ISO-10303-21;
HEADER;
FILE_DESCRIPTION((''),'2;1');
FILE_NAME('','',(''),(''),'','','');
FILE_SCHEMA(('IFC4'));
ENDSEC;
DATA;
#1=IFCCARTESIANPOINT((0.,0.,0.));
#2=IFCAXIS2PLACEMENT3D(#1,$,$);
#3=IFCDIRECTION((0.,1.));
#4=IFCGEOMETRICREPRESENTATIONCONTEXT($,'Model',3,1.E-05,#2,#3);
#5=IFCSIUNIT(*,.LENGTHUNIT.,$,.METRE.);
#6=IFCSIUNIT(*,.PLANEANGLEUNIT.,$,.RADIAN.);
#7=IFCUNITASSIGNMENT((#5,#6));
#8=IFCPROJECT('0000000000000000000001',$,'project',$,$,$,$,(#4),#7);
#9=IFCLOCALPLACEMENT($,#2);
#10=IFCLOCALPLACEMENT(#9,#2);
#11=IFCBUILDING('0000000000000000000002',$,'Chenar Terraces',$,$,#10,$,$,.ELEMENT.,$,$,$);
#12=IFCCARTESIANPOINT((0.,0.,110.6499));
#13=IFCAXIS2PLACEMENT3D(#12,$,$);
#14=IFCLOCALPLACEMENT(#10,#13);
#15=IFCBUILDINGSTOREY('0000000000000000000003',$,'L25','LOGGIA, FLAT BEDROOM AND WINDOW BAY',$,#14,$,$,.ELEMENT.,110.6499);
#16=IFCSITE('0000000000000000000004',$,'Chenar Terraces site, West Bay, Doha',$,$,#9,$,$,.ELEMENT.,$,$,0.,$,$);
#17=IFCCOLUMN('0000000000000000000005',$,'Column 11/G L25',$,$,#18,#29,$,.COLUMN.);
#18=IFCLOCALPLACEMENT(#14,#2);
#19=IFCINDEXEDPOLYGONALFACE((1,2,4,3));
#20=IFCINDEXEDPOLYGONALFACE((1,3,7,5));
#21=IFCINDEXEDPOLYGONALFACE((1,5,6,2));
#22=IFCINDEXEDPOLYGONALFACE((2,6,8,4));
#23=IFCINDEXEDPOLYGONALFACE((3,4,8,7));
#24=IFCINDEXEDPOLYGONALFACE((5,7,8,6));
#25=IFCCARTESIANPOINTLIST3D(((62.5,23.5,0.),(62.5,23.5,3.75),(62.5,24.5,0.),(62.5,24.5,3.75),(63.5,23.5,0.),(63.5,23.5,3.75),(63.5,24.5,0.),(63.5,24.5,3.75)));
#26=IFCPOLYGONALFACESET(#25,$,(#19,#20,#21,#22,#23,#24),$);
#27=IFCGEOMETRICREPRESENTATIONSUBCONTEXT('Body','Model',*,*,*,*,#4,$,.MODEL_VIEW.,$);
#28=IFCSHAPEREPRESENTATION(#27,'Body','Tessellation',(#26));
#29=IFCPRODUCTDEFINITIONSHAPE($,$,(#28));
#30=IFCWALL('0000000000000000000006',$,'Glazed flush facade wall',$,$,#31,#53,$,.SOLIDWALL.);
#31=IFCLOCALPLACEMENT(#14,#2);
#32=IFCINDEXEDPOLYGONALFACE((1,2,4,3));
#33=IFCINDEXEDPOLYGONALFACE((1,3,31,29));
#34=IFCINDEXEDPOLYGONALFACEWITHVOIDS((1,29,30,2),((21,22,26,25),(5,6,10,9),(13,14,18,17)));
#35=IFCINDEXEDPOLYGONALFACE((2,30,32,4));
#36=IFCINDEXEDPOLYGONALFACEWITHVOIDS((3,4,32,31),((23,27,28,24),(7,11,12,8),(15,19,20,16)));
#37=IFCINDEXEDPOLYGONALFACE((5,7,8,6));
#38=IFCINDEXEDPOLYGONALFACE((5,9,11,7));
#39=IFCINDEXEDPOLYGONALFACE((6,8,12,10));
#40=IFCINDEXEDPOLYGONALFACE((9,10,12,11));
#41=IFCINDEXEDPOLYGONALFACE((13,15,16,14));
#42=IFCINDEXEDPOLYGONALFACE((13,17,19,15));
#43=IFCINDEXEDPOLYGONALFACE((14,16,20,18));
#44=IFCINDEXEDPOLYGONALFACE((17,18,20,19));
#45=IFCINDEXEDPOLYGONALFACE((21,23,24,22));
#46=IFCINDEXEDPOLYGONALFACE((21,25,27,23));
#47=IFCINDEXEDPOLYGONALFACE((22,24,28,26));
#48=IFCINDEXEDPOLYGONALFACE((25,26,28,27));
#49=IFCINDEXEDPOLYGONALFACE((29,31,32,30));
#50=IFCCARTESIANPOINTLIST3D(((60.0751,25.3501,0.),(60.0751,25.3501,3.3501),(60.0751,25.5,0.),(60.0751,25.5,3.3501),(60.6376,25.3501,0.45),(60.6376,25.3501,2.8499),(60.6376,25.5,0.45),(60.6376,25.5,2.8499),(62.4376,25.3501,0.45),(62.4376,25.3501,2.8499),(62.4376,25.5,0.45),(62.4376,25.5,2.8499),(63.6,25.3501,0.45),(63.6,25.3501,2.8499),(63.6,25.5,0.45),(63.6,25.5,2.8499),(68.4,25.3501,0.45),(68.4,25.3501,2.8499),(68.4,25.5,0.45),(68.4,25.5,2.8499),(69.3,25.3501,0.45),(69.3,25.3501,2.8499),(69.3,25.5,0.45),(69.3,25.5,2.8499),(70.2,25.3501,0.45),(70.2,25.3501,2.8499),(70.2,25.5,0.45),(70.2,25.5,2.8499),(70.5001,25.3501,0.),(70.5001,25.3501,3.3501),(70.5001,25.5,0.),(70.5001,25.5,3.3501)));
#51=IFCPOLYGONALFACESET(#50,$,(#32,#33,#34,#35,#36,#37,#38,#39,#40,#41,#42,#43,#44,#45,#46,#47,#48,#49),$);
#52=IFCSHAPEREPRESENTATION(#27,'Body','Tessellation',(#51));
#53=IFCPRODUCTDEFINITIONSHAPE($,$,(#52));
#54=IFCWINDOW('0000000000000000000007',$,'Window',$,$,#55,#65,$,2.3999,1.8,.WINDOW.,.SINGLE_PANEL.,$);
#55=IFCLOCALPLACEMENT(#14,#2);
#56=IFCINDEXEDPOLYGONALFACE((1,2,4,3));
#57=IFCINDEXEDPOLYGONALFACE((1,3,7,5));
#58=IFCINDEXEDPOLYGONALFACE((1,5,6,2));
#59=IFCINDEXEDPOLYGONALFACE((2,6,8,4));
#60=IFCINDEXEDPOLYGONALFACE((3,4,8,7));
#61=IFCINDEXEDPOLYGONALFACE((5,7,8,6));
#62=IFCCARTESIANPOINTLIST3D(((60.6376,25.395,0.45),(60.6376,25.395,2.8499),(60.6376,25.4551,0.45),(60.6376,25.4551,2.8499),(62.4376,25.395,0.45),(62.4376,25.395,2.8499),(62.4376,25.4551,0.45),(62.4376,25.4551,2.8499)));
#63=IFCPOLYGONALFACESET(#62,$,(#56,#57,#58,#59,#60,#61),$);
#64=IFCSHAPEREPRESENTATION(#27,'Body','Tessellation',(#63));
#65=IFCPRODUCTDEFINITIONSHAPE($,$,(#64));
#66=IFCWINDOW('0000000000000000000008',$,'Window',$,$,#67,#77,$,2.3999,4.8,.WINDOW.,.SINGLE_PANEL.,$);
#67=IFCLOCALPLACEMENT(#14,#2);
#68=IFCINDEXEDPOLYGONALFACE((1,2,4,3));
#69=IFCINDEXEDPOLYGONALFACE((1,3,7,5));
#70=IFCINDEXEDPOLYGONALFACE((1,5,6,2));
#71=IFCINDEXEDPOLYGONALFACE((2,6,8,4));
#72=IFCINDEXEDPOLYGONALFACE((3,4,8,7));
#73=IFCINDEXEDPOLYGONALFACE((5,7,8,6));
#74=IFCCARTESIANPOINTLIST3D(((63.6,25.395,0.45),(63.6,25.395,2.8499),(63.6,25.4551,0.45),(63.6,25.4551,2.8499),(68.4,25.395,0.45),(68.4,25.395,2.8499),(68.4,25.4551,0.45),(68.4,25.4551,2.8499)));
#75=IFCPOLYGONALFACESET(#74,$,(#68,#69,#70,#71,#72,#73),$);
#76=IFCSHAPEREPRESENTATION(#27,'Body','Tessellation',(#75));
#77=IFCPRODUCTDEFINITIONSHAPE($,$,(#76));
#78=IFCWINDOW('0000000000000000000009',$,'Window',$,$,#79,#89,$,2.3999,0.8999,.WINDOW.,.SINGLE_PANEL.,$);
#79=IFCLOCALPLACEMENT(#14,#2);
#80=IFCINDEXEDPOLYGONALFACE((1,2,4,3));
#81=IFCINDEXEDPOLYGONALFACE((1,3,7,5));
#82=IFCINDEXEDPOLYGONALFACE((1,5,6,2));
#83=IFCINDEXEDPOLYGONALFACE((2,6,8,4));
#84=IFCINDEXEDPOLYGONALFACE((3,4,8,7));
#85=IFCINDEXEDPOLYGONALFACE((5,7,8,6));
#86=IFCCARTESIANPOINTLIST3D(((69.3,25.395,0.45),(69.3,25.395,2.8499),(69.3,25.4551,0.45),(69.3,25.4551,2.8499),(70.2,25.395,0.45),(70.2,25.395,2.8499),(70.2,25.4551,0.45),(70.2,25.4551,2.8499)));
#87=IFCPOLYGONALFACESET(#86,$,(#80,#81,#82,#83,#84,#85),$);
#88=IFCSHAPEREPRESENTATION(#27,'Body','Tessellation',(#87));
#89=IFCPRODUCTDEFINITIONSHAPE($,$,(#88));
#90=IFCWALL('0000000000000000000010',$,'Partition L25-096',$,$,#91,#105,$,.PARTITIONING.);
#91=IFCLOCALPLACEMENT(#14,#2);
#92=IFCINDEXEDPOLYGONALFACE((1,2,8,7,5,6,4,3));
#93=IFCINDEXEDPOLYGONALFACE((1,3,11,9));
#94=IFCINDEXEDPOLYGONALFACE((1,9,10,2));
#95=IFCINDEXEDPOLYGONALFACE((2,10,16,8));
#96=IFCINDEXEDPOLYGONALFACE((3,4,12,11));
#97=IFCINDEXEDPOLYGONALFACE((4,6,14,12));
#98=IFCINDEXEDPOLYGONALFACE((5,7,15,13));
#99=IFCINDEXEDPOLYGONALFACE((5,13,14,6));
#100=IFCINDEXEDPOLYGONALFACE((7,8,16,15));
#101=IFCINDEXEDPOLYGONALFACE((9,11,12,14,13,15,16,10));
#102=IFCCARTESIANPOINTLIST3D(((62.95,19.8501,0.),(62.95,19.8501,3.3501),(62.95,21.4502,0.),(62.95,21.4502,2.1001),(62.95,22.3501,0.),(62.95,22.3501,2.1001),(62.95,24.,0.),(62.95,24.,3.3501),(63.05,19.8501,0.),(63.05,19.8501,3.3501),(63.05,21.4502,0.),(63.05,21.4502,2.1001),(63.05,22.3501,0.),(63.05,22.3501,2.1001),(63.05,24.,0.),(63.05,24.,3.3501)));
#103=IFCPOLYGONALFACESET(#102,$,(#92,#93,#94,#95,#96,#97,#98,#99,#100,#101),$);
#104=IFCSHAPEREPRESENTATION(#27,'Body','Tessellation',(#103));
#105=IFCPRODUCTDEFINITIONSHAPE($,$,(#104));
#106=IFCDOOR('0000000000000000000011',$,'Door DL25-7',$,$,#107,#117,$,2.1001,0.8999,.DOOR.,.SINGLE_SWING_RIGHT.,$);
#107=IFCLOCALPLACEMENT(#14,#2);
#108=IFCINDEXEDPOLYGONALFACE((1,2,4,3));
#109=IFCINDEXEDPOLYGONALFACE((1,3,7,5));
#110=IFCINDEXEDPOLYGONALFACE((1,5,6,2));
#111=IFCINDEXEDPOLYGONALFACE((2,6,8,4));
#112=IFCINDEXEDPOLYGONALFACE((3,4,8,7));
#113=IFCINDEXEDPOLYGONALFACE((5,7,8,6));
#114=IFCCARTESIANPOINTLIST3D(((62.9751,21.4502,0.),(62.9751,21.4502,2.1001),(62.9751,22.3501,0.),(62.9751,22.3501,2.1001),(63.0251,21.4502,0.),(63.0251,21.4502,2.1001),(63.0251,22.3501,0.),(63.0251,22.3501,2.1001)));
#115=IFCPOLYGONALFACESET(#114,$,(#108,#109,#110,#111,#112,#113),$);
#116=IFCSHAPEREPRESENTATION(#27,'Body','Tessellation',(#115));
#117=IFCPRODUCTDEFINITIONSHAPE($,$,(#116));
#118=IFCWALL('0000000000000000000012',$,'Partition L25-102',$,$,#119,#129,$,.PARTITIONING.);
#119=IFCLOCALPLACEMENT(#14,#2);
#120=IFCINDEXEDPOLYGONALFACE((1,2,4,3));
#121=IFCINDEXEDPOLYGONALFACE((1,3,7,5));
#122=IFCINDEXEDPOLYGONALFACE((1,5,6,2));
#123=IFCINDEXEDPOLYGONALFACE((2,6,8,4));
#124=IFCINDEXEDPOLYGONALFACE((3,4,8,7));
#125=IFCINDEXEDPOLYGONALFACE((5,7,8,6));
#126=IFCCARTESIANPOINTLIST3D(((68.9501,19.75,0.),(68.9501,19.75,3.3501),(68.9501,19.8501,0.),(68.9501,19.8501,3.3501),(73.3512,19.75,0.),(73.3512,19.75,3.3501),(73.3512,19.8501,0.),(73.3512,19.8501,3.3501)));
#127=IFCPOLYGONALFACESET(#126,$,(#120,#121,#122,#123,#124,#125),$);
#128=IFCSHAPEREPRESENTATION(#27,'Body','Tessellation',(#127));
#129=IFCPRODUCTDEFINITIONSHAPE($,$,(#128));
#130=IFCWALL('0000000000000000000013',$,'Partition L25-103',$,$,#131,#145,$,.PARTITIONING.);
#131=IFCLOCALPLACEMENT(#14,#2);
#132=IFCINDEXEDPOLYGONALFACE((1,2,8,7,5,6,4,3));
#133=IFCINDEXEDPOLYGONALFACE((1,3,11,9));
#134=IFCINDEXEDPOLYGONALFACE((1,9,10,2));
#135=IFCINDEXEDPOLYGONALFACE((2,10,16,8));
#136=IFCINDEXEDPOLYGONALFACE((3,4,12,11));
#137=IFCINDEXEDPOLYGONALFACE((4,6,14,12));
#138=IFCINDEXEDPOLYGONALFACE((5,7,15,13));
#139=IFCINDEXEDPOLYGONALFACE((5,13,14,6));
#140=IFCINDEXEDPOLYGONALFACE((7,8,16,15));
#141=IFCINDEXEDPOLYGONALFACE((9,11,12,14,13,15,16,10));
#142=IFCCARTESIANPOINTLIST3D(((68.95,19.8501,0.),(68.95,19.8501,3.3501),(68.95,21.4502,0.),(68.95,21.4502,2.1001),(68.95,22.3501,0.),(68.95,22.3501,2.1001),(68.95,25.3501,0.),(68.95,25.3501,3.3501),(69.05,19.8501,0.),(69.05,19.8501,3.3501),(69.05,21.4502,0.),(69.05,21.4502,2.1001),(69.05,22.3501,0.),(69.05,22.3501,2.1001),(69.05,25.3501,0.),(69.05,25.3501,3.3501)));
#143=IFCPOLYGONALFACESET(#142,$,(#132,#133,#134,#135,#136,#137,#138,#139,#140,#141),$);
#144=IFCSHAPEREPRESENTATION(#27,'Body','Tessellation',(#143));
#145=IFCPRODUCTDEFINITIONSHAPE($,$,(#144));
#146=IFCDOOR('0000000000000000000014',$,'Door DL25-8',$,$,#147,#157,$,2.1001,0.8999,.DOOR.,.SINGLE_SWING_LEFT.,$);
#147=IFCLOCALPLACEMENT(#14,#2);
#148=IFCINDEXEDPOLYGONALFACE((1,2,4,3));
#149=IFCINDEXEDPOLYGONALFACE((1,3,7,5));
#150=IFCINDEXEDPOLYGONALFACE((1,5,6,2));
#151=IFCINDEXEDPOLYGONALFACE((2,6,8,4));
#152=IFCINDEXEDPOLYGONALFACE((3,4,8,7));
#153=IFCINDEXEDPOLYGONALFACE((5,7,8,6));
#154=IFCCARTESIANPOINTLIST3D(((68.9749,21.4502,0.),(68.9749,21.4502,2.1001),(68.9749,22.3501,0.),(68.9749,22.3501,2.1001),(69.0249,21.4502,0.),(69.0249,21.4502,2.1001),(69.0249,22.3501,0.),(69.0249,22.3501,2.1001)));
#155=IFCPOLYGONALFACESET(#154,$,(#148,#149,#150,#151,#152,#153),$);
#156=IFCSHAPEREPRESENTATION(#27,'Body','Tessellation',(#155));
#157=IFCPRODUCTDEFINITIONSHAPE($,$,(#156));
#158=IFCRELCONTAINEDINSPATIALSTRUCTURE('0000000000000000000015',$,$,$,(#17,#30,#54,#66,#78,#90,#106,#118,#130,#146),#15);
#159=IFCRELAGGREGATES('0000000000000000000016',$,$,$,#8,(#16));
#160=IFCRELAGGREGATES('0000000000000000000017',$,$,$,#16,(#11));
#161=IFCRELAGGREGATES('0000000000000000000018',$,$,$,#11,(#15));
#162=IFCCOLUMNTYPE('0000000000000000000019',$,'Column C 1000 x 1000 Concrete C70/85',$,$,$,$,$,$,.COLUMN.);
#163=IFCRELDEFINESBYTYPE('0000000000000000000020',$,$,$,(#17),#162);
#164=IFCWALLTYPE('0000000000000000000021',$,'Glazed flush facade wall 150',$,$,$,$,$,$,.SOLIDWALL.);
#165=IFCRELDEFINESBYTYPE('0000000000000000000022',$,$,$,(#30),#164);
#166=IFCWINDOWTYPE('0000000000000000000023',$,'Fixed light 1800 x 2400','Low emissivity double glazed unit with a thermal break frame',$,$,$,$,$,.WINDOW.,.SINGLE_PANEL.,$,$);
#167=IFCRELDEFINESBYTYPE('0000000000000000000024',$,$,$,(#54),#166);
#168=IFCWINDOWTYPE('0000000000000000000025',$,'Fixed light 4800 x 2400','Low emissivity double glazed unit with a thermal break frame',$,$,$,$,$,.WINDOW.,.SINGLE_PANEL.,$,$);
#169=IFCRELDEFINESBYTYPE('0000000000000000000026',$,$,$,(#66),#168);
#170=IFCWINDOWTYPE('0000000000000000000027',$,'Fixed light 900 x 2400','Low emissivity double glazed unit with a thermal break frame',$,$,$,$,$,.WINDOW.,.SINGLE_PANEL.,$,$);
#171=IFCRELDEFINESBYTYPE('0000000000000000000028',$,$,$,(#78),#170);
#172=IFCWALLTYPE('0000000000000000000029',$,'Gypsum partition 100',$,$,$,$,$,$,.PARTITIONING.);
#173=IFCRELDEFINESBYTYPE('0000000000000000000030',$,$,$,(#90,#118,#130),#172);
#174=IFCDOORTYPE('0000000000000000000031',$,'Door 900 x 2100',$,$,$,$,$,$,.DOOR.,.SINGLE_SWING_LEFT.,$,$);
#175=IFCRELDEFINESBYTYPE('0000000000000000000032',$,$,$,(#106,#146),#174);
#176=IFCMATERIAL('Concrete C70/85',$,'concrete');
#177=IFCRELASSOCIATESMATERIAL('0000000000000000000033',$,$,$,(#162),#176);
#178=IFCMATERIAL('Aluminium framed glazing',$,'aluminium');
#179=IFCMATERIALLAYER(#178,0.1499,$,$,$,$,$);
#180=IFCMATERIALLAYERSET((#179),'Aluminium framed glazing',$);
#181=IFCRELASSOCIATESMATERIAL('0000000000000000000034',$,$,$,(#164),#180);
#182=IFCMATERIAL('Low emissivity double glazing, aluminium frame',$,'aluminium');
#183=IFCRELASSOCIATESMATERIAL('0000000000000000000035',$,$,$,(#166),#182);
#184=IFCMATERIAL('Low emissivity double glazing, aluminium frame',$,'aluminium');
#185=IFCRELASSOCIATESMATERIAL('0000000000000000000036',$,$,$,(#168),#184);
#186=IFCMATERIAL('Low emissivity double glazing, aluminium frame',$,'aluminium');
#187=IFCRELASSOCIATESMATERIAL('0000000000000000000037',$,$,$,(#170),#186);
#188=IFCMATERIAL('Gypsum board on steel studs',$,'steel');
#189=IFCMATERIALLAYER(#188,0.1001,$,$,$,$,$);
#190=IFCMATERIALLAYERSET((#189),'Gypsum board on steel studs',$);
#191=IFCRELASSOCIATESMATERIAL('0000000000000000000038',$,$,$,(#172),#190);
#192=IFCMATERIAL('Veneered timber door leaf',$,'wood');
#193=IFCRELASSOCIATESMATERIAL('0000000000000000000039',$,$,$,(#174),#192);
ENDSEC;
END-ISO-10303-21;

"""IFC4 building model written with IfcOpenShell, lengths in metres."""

from ifc_helpers import new_model, si_unit, direction, frame, frame_2d, origin, origin_2d, place, context, subcontext, project, spatial, rectangle, extrude, material, layer, layer_set, material_profile, profile_set, type_object, element, fill, save


model = new_model("IFC4")

# Units and contexts
model_context = context("Model", 3, precision=1e-05, world=origin(), true_north=direction((0.0, 1.0)))
body_context = subcontext(model_context, "Body", "Model", "MODEL_VIEW")
ifc_project = project(units=[si_unit("LENGTHUNIT", "METRE"), si_unit("PLANEANGLEUNIT", "RADIAN")], contexts=[model_context])

# Site, building, storey
site_placement = place(None, origin())
site = spatial("IfcSite", under=ifc_project, at=site_placement, Name="Chenar Terraces site, West Bay, Doha", CompositionType="ELEMENT", RefElevation=0.0)
building_placement = place(site_placement, origin())
building = spatial("IfcBuilding", under=site, at=building_placement, Name="Chenar Terraces", CompositionType="ELEMENT")
storey_placement = place(building_placement, frame((0.0, 0.0, 110.6499)))
storey = spatial("IfcBuildingStorey", under=building, at=storey_placement, Name="L25", Description="LOGGIA, FLAT BEDROOM AND WINDOW BAY", CompositionType="ELEMENT", Elevation=110.6499)

# Column
ifc_material_1 = material(Name="Concrete C70/85", Category="concrete")
ifc_material_profile = material_profile(ifc_material_1, rectangle(XDim=1.0, YDim=1.0, at=origin_2d()), Name="C 1000 x 1000")
ifc_profile_set = profile_set([ifc_material_profile], Name="Concrete C70/85")
column_type = type_object("IfcColumnType", Name="Column C 1000 x 1000 Concrete C70/85", PredefinedType="COLUMN", material=ifc_profile_set)
column_placement = place(storey_placement, frame((63.0, 24.0, 0.0), z_axis=(0.0, 0.0, 1.0), x_axis=(1.0, 0.0, 0.0)))
element("IfcColumn", 1, at=column_placement, inside=storey, type_object=column_type, Name="Column 11/G L25", PredefinedType="COLUMN", context=body_context, shape_type="SweptSolid", body=[
    extrude(rectangle(XDim=1.0, YDim=1.0, at=origin_2d()), origin(), (0.0, 0.0, 1.0), 3.75),
])

# Wall, openings, windows
ifc_material_2 = material(Name="Aluminium framed glazing", Category="aluminium")
ifc_layer_1 = layer(ifc_material_2, 0.1499)
ifc_layer_set_1 = layer_set([ifc_layer_1], Name="Aluminium framed glazing")
wall_type_1 = type_object("IfcWallType", Name="Glazed flush facade wall 150", PredefinedType="SOLIDWALL", material=ifc_layer_set_1)
wall_1_placement = place(storey_placement, frame((70.5, 25.425, 0.0), z_axis=(0.0, 0.0, 1.0), x_axis=(-1.0, 0.0, 0.0)))
wall_1 = element("IfcWall", 2, at=wall_1_placement, inside=storey, type_object=wall_type_1, Name="Glazed flush facade wall", PredefinedType="SOLIDWALL", context=body_context, shape_type="SweptSolid", body=[
    extrude(rectangle(XDim=10.425, YDim=0.1499, at=frame_2d((5.2124, 0.0))), origin(), (0.0, 0.0, 1.0), 3.3501),
])
opening_1_placement = place(wall_1_placement, frame((0.3, 0.0, 0.45)))
opening_1 = element("IfcOpeningElement", 3, at=opening_1_placement, cuts=wall_1, PredefinedType="OPENING", context=body_context, shape_type="SweptSolid", body=[
    extrude(rectangle(XDim=0.8999, YDim=2.3999, at=frame_2d((0.45, 1.2))), frame((0.0, 0.085, 0.0), z_axis=(0.0, -1.0, 0.0), x_axis=(1.0, 0.0, 0.0)), (0.0, 0.0, 1.0), 0.1699),
])
opening_2_placement = place(wall_1_placement, frame((2.1001, 0.0, 0.45)))
opening_2 = element("IfcOpeningElement", 4, at=opening_2_placement, cuts=wall_1, PredefinedType="OPENING", context=body_context, shape_type="SweptSolid", body=[
    extrude(rectangle(XDim=4.8, YDim=2.3999, at=frame_2d((2.3999, 1.2))), frame((0.0, 0.085, 0.0), z_axis=(0.0, -1.0, 0.0), x_axis=(1.0, 0.0, 0.0)), (0.0, 0.0, 1.0), 0.1699),
])
opening_3_placement = place(wall_1_placement, frame((8.0625, 0.0, 0.45)))
opening_3 = element("IfcOpeningElement", 5, at=opening_3_placement, cuts=wall_1, PredefinedType="OPENING", context=body_context, shape_type="SweptSolid", body=[
    extrude(rectangle(XDim=1.8, YDim=2.3999, at=frame_2d((0.8999, 1.2))), frame((0.0, 0.085, 0.0), z_axis=(0.0, -1.0, 0.0), x_axis=(1.0, 0.0, 0.0)), (0.0, 0.0, 1.0), 0.1699),
])
ifc_material_3 = material(Name="Low emissivity double glazing, aluminium frame", Category="aluminium")
window_type_1 = type_object("IfcWindowType", Name="Fixed light 1800 x 2400", Description="Low emissivity double glazed unit with a thermal break frame", PartitioningType="SINGLE_PANEL", PredefinedType="WINDOW", material=ifc_material_3)
window_1_placement = place(opening_3_placement, origin())
window_1 = element("IfcWindow", 6, at=window_1_placement, inside=storey, type_object=window_type_1, Name="Window", OverallHeight=2.3999, OverallWidth=1.8, PartitioningType="SINGLE_PANEL", PredefinedType="WINDOW", context=body_context, shape_type="SweptSolid", body=[
    extrude(rectangle(XDim=1.8, YDim=2.3999, at=frame_2d((0.8999, 1.2))), frame((0.0, 0.03, 0.0), z_axis=(0.0, -1.0, 0.0), x_axis=(1.0, 0.0, 0.0)), (0.0, 0.0, 1.0), 0.0601),
])
fill(opening_3, window_1)
ifc_material_4 = material(Name="Low emissivity double glazing, aluminium frame", Category="aluminium")
window_type_2 = type_object("IfcWindowType", Name="Fixed light 4800 x 2400", Description="Low emissivity double glazed unit with a thermal break frame", PartitioningType="SINGLE_PANEL", PredefinedType="WINDOW", material=ifc_material_4)
window_2_placement = place(opening_2_placement, origin())
window_2 = element("IfcWindow", 7, at=window_2_placement, inside=storey, type_object=window_type_2, Name="Window", OverallHeight=2.3999, OverallWidth=4.8, PartitioningType="SINGLE_PANEL", PredefinedType="WINDOW", context=body_context, shape_type="SweptSolid", body=[
    extrude(rectangle(XDim=4.8, YDim=2.3999, at=frame_2d((2.3999, 1.2))), frame((0.0, 0.03, 0.0), z_axis=(0.0, -1.0, 0.0), x_axis=(1.0, 0.0, 0.0)), (0.0, 0.0, 1.0), 0.0601),
])
fill(opening_2, window_2)
ifc_material_5 = material(Name="Low emissivity double glazing, aluminium frame", Category="aluminium")
window_type_3 = type_object("IfcWindowType", Name="Fixed light 900 x 2400", Description="Low emissivity double glazed unit with a thermal break frame", PartitioningType="SINGLE_PANEL", PredefinedType="WINDOW", material=ifc_material_5)
window_3_placement = place(opening_1_placement, origin())
window_3 = element("IfcWindow", 8, at=window_3_placement, inside=storey, type_object=window_type_3, Name="Window", OverallHeight=2.3999, OverallWidth=0.8999, PartitioningType="SINGLE_PANEL", PredefinedType="WINDOW", context=body_context, shape_type="SweptSolid", body=[
    extrude(rectangle(XDim=0.8999, YDim=2.3999, at=frame_2d((0.45, 1.2))), frame((0.0, 0.03, 0.0), z_axis=(0.0, -1.0, 0.0), x_axis=(1.0, 0.0, 0.0)), (0.0, 0.0, 1.0), 0.0601),
])
fill(opening_1, window_3)

# Wall, opening, door
ifc_material_6 = material(Name="Gypsum board on steel studs", Category="steel")
ifc_layer_2 = layer(ifc_material_6, 0.1001)
ifc_layer_set_2 = layer_set([ifc_layer_2], Name="Gypsum board on steel studs")
wall_type_2 = type_object("IfcWallType", Name="Gypsum partition 100", PredefinedType="PARTITIONING", material=ifc_layer_set_2)
wall_2_placement = place(storey_placement, frame((63.0, 19.8501, 0.0), z_axis=(0.0, 0.0, 1.0), x_axis=(0.0, 1.0, 0.0)))
wall_2 = element("IfcWall", 9, at=wall_2_placement, inside=storey, type_object=wall_type_2, Name="Partition L25-096", PredefinedType="PARTITIONING", context=body_context, shape_type="SweptSolid", body=[
    extrude(rectangle(XDim=4.1499, YDim=0.1001, at=frame_2d((2.075, 0.0))), origin(), (0.0, 0.0, 1.0), 3.3501),
])
opening_4_placement = place(wall_2_placement, frame((1.6001, 0.0, 0.0)))
opening_4 = element("IfcOpeningElement", 10, at=opening_4_placement, cuts=wall_2, PredefinedType="OPENING", context=body_context, shape_type="SweptSolid", body=[
    extrude(rectangle(XDim=0.8999, YDim=2.1001, at=frame_2d((0.45, 1.05))), frame((0.0, 0.0601, 0.0), z_axis=(0.0, -1.0, 0.0), x_axis=(1.0, 0.0, 0.0)), (0.0, 0.0, 1.0), 0.1201),
])
ifc_material_7 = material(Name="Veneered timber door leaf", Category="wood")
door_type_1 = type_object("IfcDoorType", Name="Door 900 x 2100", OperationType="SINGLE_SWING_LEFT", PredefinedType="DOOR", material=ifc_material_7)
door_1_placement = place(opening_4_placement, origin())
door_1 = element("IfcDoor", 11, at=door_1_placement, inside=storey, type_object=door_type_1, Name="Door DL25-7", OperationType="SINGLE_SWING_RIGHT", OverallHeight=2.1001, OverallWidth=0.8999, PredefinedType="DOOR", context=body_context, shape_type="SweptSolid", body=[
    extrude(rectangle(XDim=0.8999, YDim=2.1001, at=frame_2d((0.45, 1.05))), frame((0.0, 0.0249, 0.0), z_axis=(0.0, -1.0, 0.0), x_axis=(1.0, 0.0, 0.0)), (0.0, 0.0, 1.0), 0.05),
])
fill(opening_4, door_1)

# Wall
wall_3_placement = place(storey_placement, frame((68.95, 19.8, 0.0), z_axis=(0.0, 0.0, 1.0), x_axis=(1.0, 0.0, 0.0)))
element("IfcWall", 12, at=wall_3_placement, inside=storey, type_object=wall_type_2, Name="Partition L25-102", PredefinedType="PARTITIONING", context=body_context, shape_type="SweptSolid", body=[
    extrude(rectangle(XDim=4.4011, YDim=0.1001, at=frame_2d((2.2007, 0.0))), origin(), (0.0, 0.0, 1.0), 3.3501),
])

# Wall, opening, door
wall_4_placement = place(storey_placement, frame((69.0, 19.8501, 0.0), z_axis=(0.0, 0.0, 1.0), x_axis=(0.0, 1.0, 0.0)))
wall_4 = element("IfcWall", 13, at=wall_4_placement, inside=storey, type_object=wall_type_2, Name="Partition L25-103", PredefinedType="PARTITIONING", context=body_context, shape_type="SweptSolid", body=[
    extrude(rectangle(XDim=5.5, YDim=0.1001, at=frame_2d((2.75, 0.0))), origin(), (0.0, 0.0, 1.0), 3.3501),
])
opening_5_placement = place(wall_4_placement, frame((1.6001, 0.0, 0.0)))
opening_5 = element("IfcOpeningElement", 14, at=opening_5_placement, cuts=wall_4, PredefinedType="OPENING", context=body_context, shape_type="SweptSolid", body=[
    extrude(rectangle(XDim=0.8999, YDim=2.1001, at=frame_2d((0.45, 1.05))), frame((0.0, 0.0601, 0.0), z_axis=(0.0, -1.0, 0.0), x_axis=(1.0, 0.0, 0.0)), (0.0, 0.0, 1.0), 0.1201),
])
door_2_placement = place(opening_5_placement, frame((0.8999, 0.0, 0.0), z_axis=(0.0, 0.0, 1.0), x_axis=(-1.0, 0.0, 0.0)))
door_2 = element("IfcDoor", 15, at=door_2_placement, inside=storey, type_object=door_type_1, Name="Door DL25-8", OperationType="SINGLE_SWING_LEFT", OverallHeight=2.1001, OverallWidth=0.8999, PredefinedType="DOOR", context=body_context, shape_type="SweptSolid", body=[
    extrude(rectangle(XDim=0.8999, YDim=2.1001, at=frame_2d((0.45, 1.05))), frame((0.0, 0.0249, 0.0), z_axis=(0.0, -1.0, 0.0), x_axis=(1.0, 0.0, 0.0)), (0.0, 0.0, 1.0), 0.05),
])
fill(opening_5, door_2)

save(model, "model.ifc")
